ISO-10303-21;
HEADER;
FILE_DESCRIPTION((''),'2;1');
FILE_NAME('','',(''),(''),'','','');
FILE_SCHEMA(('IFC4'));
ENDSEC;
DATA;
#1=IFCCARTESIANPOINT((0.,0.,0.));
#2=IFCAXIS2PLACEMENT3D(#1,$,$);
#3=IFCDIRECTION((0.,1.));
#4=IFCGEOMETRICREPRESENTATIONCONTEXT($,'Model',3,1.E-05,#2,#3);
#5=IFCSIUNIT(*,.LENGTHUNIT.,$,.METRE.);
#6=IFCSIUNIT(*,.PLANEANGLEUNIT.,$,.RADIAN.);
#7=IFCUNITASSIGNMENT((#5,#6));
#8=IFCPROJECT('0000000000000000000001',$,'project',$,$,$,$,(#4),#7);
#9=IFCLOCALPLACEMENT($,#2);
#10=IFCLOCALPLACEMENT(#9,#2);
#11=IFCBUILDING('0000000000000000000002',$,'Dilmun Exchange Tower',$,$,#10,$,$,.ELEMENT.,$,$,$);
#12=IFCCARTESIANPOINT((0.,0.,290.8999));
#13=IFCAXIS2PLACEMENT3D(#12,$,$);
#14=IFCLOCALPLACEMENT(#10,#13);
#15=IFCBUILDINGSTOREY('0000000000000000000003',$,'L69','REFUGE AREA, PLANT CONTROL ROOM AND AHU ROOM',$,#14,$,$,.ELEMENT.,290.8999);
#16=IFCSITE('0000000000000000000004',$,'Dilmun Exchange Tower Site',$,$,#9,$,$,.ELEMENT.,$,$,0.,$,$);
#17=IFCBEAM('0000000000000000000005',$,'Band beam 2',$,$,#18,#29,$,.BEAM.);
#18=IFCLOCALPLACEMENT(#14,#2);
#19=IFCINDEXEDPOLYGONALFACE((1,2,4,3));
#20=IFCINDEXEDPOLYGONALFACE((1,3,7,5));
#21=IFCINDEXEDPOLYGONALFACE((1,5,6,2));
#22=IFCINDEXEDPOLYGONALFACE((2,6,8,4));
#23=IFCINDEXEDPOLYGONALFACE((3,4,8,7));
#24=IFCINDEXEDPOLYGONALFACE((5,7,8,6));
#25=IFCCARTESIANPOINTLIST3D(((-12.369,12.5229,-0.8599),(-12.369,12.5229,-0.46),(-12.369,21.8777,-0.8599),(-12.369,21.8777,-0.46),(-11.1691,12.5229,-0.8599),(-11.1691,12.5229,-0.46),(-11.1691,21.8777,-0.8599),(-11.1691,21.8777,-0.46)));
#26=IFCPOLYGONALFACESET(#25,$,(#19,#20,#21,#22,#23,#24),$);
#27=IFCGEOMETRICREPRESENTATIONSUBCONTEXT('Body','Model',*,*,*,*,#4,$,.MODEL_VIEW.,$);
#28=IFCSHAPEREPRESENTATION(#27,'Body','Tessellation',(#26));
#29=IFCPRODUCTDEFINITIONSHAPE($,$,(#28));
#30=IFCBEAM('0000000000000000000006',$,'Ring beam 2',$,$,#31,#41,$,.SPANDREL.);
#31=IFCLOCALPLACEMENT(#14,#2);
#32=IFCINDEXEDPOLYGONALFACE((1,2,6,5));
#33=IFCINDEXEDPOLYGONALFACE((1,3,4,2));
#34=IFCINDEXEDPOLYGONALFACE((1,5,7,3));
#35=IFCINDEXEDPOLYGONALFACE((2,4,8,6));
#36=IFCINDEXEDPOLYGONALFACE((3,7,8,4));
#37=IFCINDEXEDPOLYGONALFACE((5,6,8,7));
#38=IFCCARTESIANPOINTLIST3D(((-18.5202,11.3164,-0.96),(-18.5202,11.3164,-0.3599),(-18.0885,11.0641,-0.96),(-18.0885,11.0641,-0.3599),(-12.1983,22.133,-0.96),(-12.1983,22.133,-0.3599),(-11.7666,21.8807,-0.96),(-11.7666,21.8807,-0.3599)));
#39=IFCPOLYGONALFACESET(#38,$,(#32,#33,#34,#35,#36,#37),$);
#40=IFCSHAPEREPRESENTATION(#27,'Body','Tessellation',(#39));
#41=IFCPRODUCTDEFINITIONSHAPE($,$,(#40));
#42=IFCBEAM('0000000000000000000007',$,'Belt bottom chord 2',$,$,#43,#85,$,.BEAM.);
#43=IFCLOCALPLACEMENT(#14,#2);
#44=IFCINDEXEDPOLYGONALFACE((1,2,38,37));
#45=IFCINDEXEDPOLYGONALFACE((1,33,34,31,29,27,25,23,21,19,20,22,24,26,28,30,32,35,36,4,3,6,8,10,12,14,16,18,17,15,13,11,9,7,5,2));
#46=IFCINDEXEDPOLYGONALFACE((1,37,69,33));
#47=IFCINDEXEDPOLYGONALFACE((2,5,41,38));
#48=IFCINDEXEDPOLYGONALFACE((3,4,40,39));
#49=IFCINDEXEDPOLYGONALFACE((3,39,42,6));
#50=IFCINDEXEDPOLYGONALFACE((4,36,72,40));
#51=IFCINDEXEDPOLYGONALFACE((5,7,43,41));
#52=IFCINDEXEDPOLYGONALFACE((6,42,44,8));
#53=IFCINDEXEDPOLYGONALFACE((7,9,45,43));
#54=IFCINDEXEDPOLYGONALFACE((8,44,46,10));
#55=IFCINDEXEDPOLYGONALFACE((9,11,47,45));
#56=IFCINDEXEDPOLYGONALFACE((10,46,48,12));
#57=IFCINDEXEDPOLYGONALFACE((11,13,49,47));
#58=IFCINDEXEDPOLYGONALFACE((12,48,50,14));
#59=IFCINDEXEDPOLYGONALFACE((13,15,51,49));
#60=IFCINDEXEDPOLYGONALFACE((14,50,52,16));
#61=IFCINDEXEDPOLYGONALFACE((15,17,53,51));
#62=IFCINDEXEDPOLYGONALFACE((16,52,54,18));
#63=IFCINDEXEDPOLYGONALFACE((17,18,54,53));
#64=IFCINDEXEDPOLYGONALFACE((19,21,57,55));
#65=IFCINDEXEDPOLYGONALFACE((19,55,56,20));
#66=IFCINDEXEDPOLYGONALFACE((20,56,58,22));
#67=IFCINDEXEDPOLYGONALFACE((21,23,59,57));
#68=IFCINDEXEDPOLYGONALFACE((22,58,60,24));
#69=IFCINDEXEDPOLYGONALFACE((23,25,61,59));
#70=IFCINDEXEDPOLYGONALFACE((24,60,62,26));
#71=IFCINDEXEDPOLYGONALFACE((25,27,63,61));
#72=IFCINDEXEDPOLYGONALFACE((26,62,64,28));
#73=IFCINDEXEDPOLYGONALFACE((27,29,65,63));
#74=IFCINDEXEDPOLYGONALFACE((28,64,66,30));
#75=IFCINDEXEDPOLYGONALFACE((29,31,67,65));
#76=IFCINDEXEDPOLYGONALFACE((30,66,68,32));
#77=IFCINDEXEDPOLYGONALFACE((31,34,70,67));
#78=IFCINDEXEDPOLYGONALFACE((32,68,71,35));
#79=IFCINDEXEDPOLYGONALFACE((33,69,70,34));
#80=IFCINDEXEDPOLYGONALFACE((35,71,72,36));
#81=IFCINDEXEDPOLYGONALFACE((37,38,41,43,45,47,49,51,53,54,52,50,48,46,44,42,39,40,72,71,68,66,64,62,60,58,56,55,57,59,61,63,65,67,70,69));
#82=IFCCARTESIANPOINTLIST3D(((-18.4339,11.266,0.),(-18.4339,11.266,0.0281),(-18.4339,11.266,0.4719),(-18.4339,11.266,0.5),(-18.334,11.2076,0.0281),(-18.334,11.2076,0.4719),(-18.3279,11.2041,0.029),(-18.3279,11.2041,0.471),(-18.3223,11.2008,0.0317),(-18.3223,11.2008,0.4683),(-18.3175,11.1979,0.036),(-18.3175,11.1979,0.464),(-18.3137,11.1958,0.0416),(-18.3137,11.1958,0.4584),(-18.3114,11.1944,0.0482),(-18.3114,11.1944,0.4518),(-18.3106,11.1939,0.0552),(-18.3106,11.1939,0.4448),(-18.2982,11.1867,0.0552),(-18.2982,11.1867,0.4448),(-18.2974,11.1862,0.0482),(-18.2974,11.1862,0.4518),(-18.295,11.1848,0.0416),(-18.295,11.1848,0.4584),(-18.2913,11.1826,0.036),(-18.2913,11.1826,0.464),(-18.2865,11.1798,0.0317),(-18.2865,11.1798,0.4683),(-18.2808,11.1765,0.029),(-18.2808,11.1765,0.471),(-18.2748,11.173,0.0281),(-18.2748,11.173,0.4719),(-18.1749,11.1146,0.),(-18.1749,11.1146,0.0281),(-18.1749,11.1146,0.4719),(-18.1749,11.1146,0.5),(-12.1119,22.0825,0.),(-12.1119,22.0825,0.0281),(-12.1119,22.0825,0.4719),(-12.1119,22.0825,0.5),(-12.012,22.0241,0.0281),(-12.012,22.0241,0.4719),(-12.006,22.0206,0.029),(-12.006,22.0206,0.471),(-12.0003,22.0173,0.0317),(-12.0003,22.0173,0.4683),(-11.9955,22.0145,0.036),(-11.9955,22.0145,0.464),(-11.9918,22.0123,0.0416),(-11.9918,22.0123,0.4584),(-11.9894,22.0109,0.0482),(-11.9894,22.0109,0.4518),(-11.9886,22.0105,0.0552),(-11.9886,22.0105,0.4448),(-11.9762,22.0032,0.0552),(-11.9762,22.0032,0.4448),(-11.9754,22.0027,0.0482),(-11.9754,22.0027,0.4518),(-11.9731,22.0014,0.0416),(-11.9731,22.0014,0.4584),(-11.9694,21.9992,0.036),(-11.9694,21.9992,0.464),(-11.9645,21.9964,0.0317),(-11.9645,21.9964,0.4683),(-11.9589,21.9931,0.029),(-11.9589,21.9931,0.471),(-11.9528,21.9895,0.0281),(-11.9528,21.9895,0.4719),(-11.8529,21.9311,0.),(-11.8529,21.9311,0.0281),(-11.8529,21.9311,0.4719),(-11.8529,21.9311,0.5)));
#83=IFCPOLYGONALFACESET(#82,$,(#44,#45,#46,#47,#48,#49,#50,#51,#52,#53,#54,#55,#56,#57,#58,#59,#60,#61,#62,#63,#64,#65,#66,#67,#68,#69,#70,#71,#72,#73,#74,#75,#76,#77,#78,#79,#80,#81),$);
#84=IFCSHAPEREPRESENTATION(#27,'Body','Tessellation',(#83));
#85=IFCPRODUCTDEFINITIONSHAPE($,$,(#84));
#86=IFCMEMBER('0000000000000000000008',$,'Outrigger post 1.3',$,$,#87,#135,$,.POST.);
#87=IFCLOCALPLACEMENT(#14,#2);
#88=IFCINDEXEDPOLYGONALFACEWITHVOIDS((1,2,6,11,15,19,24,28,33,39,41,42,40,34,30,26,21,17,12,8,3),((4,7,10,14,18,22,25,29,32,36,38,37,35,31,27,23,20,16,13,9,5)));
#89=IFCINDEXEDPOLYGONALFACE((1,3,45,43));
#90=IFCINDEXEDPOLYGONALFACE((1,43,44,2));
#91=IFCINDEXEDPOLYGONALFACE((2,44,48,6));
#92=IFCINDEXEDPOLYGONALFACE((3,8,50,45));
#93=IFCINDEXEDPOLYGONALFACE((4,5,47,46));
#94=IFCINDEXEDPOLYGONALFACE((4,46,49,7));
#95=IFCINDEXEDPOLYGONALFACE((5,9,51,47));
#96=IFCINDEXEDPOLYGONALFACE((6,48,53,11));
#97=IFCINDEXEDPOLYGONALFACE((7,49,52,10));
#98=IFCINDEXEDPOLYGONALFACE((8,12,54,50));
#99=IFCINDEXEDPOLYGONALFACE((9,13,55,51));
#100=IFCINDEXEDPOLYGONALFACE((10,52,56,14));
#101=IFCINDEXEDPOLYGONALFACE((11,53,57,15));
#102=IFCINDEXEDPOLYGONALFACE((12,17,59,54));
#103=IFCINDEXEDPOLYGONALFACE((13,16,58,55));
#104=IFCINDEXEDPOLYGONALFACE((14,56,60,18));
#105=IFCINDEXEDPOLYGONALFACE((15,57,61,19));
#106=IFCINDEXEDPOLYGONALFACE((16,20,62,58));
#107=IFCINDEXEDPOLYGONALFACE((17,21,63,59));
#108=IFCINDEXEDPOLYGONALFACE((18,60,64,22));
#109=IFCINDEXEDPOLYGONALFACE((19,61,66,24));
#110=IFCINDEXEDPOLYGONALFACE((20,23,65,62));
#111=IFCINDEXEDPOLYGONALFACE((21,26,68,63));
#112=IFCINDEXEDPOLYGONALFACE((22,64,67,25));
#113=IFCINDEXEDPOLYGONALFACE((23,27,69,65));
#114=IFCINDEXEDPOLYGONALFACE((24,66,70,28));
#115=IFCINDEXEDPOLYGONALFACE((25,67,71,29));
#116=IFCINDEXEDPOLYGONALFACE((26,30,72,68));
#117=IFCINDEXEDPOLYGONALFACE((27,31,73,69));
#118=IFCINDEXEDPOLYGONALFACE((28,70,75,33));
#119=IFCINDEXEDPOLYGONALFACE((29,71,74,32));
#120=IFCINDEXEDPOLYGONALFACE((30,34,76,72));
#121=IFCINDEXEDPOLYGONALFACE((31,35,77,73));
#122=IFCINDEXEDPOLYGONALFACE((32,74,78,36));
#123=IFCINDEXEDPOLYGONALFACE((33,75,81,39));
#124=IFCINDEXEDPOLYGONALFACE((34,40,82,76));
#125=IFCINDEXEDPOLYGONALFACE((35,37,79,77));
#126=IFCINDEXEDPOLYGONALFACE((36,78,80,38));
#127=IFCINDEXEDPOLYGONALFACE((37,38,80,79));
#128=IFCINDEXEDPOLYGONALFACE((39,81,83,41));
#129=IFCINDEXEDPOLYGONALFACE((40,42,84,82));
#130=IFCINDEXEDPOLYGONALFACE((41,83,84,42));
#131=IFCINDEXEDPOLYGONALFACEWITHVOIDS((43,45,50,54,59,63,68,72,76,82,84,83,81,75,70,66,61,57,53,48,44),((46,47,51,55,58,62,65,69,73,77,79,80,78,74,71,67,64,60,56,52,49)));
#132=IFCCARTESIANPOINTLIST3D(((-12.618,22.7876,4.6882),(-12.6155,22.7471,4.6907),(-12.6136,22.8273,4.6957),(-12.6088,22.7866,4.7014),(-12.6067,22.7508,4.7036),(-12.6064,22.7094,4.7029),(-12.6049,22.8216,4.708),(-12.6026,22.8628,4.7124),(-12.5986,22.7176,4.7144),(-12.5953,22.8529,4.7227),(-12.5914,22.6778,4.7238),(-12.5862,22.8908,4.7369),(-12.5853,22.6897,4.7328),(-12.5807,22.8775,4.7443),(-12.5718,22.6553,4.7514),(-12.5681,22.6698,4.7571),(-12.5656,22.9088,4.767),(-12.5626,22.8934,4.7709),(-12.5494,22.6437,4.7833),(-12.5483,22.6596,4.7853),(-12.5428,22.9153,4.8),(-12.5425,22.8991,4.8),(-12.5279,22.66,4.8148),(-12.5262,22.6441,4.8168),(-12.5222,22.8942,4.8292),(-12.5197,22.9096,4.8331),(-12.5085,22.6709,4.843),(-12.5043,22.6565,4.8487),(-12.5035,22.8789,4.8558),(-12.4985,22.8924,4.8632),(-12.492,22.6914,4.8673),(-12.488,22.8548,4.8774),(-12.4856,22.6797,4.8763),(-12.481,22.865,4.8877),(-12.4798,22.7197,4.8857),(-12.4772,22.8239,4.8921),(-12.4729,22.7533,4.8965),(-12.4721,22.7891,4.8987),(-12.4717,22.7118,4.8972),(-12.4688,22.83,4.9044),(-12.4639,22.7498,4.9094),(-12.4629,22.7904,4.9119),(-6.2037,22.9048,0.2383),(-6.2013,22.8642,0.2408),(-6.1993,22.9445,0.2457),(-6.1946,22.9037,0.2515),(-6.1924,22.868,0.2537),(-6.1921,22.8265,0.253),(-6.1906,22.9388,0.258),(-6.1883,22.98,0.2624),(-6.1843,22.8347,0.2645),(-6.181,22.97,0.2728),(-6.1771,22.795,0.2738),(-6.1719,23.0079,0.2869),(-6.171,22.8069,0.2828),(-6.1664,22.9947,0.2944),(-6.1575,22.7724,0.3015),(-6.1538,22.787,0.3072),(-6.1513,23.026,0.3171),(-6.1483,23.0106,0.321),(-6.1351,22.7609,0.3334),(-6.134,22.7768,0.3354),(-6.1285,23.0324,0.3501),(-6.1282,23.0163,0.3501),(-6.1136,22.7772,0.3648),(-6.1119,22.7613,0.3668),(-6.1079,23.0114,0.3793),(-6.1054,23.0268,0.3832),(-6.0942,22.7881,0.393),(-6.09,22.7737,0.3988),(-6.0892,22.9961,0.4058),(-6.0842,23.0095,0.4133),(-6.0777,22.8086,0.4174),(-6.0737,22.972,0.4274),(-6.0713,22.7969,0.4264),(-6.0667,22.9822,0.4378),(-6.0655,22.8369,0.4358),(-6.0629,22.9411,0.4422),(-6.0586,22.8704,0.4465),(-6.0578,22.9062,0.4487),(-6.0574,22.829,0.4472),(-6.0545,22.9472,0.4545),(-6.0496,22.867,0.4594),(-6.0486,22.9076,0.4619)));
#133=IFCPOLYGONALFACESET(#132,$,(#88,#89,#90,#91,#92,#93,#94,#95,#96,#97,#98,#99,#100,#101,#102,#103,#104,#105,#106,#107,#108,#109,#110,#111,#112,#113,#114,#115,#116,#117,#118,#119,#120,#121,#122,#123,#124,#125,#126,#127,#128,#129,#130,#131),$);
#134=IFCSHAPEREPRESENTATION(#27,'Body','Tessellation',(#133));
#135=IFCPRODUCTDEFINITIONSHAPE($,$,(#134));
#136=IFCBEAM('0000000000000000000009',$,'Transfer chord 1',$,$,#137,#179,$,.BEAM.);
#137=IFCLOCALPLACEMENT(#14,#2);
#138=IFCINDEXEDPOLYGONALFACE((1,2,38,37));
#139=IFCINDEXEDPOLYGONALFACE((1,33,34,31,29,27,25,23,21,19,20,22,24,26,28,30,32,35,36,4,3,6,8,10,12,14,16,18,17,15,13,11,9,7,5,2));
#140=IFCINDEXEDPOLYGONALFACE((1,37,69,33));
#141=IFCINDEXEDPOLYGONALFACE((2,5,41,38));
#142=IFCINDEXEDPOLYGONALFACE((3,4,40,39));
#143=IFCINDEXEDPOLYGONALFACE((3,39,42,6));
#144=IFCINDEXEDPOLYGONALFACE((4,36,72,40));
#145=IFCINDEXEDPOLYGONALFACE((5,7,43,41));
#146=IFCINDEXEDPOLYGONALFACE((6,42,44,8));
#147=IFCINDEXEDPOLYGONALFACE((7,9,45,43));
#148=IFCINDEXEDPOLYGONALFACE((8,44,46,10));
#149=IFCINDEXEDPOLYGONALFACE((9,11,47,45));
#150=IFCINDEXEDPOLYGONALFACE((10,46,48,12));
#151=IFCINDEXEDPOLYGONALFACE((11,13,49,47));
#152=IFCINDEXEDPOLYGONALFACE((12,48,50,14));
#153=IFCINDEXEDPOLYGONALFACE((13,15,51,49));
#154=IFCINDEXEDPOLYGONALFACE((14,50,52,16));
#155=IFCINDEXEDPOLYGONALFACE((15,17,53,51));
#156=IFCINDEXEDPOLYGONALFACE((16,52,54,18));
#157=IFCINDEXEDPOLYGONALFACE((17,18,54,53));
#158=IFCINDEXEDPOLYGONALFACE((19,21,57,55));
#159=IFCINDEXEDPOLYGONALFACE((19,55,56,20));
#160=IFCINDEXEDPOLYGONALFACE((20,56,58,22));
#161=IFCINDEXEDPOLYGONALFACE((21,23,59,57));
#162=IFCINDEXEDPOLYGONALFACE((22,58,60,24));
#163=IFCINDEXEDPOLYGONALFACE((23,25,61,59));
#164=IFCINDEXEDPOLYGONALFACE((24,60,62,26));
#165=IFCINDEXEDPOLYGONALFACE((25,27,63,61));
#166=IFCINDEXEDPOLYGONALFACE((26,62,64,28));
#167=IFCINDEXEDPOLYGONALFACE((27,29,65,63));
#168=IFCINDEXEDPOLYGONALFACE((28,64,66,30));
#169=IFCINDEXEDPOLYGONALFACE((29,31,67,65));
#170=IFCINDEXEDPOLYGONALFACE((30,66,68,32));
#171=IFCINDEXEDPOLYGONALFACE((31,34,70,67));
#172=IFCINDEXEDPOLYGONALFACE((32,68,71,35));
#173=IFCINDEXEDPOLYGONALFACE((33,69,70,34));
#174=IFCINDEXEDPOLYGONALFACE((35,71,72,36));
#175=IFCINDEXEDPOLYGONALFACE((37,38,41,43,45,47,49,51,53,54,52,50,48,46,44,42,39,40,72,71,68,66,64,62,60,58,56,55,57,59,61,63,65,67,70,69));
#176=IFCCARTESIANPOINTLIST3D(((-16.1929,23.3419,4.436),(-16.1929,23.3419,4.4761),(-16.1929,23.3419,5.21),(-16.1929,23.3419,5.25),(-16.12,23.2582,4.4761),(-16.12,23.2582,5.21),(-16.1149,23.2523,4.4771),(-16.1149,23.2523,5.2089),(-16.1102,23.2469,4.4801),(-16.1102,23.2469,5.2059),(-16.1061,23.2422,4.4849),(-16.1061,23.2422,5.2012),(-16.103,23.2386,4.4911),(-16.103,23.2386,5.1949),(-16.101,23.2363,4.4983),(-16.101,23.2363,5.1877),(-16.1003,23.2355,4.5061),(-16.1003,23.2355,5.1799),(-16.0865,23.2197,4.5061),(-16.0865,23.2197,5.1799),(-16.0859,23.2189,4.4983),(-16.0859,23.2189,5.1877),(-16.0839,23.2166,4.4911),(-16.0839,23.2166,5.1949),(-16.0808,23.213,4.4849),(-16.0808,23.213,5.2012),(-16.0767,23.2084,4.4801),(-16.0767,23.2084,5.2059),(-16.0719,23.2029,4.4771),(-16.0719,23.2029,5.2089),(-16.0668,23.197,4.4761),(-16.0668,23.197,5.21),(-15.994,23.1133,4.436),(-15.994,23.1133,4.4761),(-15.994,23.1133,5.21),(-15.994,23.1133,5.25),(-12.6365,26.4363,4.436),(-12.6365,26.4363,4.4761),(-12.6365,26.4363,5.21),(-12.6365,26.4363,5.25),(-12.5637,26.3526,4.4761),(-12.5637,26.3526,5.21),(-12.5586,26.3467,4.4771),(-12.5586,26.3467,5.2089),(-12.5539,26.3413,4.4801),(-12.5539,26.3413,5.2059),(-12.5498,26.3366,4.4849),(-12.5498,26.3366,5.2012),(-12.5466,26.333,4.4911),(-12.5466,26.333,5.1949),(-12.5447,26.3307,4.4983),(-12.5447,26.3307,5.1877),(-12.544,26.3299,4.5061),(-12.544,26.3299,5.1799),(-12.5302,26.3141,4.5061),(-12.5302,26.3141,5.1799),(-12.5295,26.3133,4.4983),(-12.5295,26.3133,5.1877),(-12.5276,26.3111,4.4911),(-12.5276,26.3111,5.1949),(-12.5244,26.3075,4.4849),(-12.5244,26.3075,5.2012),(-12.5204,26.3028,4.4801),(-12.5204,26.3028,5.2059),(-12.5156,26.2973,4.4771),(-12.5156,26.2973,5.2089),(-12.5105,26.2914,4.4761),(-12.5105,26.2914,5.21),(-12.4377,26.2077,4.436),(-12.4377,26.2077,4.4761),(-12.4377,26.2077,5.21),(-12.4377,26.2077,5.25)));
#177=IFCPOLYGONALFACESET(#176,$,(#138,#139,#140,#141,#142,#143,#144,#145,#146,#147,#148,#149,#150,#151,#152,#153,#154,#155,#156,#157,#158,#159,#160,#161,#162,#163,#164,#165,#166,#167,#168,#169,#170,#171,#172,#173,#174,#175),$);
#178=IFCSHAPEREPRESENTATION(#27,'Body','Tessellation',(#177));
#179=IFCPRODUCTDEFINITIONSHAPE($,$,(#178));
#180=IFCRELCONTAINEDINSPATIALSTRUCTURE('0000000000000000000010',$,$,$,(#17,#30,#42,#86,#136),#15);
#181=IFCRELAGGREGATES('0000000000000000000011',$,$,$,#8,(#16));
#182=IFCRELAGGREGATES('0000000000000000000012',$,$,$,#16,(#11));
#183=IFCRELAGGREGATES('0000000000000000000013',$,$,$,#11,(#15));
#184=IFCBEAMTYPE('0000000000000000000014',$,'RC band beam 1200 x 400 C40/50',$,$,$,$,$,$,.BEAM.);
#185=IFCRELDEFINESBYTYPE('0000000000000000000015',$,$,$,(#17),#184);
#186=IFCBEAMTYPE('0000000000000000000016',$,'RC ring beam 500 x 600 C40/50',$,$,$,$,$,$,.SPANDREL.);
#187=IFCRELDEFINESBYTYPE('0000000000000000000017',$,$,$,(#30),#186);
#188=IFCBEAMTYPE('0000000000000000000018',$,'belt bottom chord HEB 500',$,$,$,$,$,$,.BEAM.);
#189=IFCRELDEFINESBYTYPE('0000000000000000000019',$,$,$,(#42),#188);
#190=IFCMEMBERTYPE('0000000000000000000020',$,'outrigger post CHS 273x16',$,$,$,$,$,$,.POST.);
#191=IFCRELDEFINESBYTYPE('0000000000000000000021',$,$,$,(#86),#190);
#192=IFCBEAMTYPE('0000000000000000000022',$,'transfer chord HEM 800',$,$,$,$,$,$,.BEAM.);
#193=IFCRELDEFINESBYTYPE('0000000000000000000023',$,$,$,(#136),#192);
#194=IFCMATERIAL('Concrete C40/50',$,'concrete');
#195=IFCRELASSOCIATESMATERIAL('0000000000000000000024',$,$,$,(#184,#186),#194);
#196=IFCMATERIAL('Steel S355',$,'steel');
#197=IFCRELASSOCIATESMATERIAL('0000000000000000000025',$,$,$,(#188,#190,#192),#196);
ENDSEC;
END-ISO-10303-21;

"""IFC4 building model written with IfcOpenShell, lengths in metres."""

from ifc_helpers import new_model, si_unit, direction, frame, origin, origin_2d, place, context, subcontext, project, spatial, rectangle, hollow_circle, i_section, extrude, material, material_profile, profile_set, type_object, element, save


model = new_model("IFC4")

# Units and contexts
model_context = context("Model", 3, precision=1e-05, world=origin(), true_north=direction((0.0, 1.0)))
body_context = subcontext(model_context, "Body", "Model", "MODEL_VIEW")
ifc_project = project(units=[si_unit("LENGTHUNIT", "METRE"), si_unit("PLANEANGLEUNIT", "RADIAN")], contexts=[model_context])

# Site, building, storey
site_placement = place(None, origin())
site = spatial("IfcSite", under=ifc_project, at=site_placement, Name="Dilmun Exchange Tower Site", CompositionType="ELEMENT", RefElevation=0.0)
building_placement = place(site_placement, origin())
building = spatial("IfcBuilding", under=site, at=building_placement, Name="Dilmun Exchange Tower", CompositionType="ELEMENT")
storey_placement = place(building_placement, frame((0.0, 0.0, 290.8999)))
storey = spatial("IfcBuildingStorey", under=building, at=storey_placement, Name="L69", Description="REFUGE AREA, PLANT CONTROL ROOM AND AHU ROOM", CompositionType="ELEMENT", Elevation=290.8999)

# Beams
ifc_material_1 = material(Name="Concrete C40/50", Category="concrete")
ifc_material_profile_1 = material_profile(ifc_material_1, rectangle(XDim=1.2, YDim=0.3999, at=origin_2d()), Name="1200 x 400")
ifc_profile_set_1 = profile_set([ifc_material_profile_1], Name="Concrete C40/50")
beam_type_1 = type_object("IfcBeamType", Name="RC band beam 1200 x 400 C40/50", PredefinedType="BEAM", material=ifc_profile_set_1)
beam_1_placement = place(storey_placement, frame((-11.769, 21.8777, -0.6599), z_axis=(0.0, -1.0, 0.0), x_axis=(1.0, 0.0, 0.0)))
element("IfcBeam", 1, at=beam_1_placement, inside=storey, type_object=beam_type_1, Name="Band beam 2", PredefinedType="BEAM", context=body_context, shape_type="SweptSolid", body=[
    extrude(rectangle(XDim=1.2, YDim=0.3999, at=origin_2d()), origin(), (0.0, 0.0, 1.0), 9.3547),
])
ifc_material_profile_2 = material_profile(ifc_material_1, rectangle(XDim=0.5, YDim=0.6001, at=origin_2d()), Name="500 x 600")
ifc_profile_set_2 = profile_set([ifc_material_profile_2], Name="Concrete C40/50")
beam_type_2 = type_object("IfcBeamType", Name="RC ring beam 500 x 600 C40/50", PredefinedType="SPANDREL", material=ifc_profile_set_2)
beam_2_placement = place(storey_placement, frame((-11.9824, 22.0068, -0.6599), z_axis=(-0.504604, -0.863351, 0.0), x_axis=(0.863351, -0.504604, 0.0)))
element("IfcBeam", 2, at=beam_2_placement, inside=storey, type_object=beam_type_2, Name="Ring beam 2", PredefinedType="SPANDREL", context=body_context, shape_type="SweptSolid", body=[
    extrude(rectangle(XDim=0.5, YDim=0.6001, at=origin_2d()), origin(), (0.0, 0.0, 1.0), 12.5286),
])
ifc_material_2 = material(Name="Steel S355", Category="steel")
ifc_material_profile_3 = material_profile(ifc_material_2, i_section(OverallWidth=0.3, OverallDepth=0.5, WebThickness=0.0144, FlangeThickness=0.0281, FilletRadius=0.0271, at=origin_2d()), Name="HEB 500")
ifc_profile_set_3 = profile_set([ifc_material_profile_3], Name="Steel S355")
beam_type_3 = type_object("IfcBeamType", Name="belt bottom chord HEB 500", PredefinedType="BEAM", material=ifc_profile_set_3)
beam_3_placement = place(storey_placement, frame((-11.9824, 22.0068, 0.25), z_axis=(-0.504604, -0.863351, 0.0), x_axis=(0.863351, -0.504604, 0.0)))
element("IfcBeam", 3, at=beam_3_placement, inside=storey, type_object=beam_type_3, Name="Belt bottom chord 2", PredefinedType="BEAM", context=body_context, shape_type="SweptSolid", body=[
    extrude(i_section(OverallWidth=0.3, OverallDepth=0.5, WebThickness=0.0144, FlangeThickness=0.0281, FilletRadius=0.0271, at=origin_2d()), origin(), (0.0, 0.0, 1.0), 12.5286),
])

# Member
ifc_material_profile_4 = material_profile(ifc_material_2, hollow_circle(Radius=0.1365, WallThickness=0.0161, at=origin_2d()), Name="CHS 273x16")
ifc_profile_set_4 = profile_set([ifc_material_profile_4], Name="Steel S355")
member_type_1 = type_object("IfcMemberType", Name="outrigger post CHS 273x16", PredefinedType="POST", material=ifc_profile_set_4)
member_1_placement = place(storey_placement, frame((-12.5403, 22.7788, 4.8), z_axis=(0.821543, 0.015009, -0.569949), x_axis=(-0.018267, 0.999833, 0.0)))
element("IfcMember", 4, at=member_1_placement, inside=storey, type_object=member_type_1, Name="Outrigger post 1.3", PredefinedType="POST", context=body_context, shape_type="SweptSolid", body=[
    extrude(hollow_circle(Radius=0.1365, WallThickness=0.0161, at=origin_2d()), origin(), (0.0, 0.0, 1.0), 7.8076),
])

# Beam
ifc_material_profile_5 = material_profile(ifc_material_2, i_section(OverallWidth=0.303, OverallDepth=0.814, WebThickness=0.021, FlangeThickness=0.04, FilletRadius=0.03, at=origin_2d()), Name="HEM 800")
ifc_profile_set_5 = profile_set([ifc_material_profile_5], Name="Steel S355")
beam_type_4 = type_object("IfcBeamType", Name="transfer chord HEM 800", PredefinedType="BEAM", material=ifc_profile_set_5)
for number, where, z_axis, x_axis, name in (
    (5, (-12.5371, 26.322, 4.843), (-0.754399, -0.656416, 0.0), (0.656416, -0.754399, 0.0), "Transfer chord 1"),
):
    element("IfcBeam", number, at=place(storey_placement, frame(where, z_axis=z_axis, x_axis=x_axis)), inside=storey, type_object=beam_type_4, Name=name, PredefinedType="BEAM", context=body_context, shape_type="SweptSolid", body=[
        extrude(i_section(OverallWidth=0.303, OverallDepth=0.814, WebThickness=0.021, FlangeThickness=0.04, FilletRadius=0.03, at=origin_2d()), origin(), (0.0, 0.0, 1.0), 4.7141),
    ])

save(model, "model.ifc")
